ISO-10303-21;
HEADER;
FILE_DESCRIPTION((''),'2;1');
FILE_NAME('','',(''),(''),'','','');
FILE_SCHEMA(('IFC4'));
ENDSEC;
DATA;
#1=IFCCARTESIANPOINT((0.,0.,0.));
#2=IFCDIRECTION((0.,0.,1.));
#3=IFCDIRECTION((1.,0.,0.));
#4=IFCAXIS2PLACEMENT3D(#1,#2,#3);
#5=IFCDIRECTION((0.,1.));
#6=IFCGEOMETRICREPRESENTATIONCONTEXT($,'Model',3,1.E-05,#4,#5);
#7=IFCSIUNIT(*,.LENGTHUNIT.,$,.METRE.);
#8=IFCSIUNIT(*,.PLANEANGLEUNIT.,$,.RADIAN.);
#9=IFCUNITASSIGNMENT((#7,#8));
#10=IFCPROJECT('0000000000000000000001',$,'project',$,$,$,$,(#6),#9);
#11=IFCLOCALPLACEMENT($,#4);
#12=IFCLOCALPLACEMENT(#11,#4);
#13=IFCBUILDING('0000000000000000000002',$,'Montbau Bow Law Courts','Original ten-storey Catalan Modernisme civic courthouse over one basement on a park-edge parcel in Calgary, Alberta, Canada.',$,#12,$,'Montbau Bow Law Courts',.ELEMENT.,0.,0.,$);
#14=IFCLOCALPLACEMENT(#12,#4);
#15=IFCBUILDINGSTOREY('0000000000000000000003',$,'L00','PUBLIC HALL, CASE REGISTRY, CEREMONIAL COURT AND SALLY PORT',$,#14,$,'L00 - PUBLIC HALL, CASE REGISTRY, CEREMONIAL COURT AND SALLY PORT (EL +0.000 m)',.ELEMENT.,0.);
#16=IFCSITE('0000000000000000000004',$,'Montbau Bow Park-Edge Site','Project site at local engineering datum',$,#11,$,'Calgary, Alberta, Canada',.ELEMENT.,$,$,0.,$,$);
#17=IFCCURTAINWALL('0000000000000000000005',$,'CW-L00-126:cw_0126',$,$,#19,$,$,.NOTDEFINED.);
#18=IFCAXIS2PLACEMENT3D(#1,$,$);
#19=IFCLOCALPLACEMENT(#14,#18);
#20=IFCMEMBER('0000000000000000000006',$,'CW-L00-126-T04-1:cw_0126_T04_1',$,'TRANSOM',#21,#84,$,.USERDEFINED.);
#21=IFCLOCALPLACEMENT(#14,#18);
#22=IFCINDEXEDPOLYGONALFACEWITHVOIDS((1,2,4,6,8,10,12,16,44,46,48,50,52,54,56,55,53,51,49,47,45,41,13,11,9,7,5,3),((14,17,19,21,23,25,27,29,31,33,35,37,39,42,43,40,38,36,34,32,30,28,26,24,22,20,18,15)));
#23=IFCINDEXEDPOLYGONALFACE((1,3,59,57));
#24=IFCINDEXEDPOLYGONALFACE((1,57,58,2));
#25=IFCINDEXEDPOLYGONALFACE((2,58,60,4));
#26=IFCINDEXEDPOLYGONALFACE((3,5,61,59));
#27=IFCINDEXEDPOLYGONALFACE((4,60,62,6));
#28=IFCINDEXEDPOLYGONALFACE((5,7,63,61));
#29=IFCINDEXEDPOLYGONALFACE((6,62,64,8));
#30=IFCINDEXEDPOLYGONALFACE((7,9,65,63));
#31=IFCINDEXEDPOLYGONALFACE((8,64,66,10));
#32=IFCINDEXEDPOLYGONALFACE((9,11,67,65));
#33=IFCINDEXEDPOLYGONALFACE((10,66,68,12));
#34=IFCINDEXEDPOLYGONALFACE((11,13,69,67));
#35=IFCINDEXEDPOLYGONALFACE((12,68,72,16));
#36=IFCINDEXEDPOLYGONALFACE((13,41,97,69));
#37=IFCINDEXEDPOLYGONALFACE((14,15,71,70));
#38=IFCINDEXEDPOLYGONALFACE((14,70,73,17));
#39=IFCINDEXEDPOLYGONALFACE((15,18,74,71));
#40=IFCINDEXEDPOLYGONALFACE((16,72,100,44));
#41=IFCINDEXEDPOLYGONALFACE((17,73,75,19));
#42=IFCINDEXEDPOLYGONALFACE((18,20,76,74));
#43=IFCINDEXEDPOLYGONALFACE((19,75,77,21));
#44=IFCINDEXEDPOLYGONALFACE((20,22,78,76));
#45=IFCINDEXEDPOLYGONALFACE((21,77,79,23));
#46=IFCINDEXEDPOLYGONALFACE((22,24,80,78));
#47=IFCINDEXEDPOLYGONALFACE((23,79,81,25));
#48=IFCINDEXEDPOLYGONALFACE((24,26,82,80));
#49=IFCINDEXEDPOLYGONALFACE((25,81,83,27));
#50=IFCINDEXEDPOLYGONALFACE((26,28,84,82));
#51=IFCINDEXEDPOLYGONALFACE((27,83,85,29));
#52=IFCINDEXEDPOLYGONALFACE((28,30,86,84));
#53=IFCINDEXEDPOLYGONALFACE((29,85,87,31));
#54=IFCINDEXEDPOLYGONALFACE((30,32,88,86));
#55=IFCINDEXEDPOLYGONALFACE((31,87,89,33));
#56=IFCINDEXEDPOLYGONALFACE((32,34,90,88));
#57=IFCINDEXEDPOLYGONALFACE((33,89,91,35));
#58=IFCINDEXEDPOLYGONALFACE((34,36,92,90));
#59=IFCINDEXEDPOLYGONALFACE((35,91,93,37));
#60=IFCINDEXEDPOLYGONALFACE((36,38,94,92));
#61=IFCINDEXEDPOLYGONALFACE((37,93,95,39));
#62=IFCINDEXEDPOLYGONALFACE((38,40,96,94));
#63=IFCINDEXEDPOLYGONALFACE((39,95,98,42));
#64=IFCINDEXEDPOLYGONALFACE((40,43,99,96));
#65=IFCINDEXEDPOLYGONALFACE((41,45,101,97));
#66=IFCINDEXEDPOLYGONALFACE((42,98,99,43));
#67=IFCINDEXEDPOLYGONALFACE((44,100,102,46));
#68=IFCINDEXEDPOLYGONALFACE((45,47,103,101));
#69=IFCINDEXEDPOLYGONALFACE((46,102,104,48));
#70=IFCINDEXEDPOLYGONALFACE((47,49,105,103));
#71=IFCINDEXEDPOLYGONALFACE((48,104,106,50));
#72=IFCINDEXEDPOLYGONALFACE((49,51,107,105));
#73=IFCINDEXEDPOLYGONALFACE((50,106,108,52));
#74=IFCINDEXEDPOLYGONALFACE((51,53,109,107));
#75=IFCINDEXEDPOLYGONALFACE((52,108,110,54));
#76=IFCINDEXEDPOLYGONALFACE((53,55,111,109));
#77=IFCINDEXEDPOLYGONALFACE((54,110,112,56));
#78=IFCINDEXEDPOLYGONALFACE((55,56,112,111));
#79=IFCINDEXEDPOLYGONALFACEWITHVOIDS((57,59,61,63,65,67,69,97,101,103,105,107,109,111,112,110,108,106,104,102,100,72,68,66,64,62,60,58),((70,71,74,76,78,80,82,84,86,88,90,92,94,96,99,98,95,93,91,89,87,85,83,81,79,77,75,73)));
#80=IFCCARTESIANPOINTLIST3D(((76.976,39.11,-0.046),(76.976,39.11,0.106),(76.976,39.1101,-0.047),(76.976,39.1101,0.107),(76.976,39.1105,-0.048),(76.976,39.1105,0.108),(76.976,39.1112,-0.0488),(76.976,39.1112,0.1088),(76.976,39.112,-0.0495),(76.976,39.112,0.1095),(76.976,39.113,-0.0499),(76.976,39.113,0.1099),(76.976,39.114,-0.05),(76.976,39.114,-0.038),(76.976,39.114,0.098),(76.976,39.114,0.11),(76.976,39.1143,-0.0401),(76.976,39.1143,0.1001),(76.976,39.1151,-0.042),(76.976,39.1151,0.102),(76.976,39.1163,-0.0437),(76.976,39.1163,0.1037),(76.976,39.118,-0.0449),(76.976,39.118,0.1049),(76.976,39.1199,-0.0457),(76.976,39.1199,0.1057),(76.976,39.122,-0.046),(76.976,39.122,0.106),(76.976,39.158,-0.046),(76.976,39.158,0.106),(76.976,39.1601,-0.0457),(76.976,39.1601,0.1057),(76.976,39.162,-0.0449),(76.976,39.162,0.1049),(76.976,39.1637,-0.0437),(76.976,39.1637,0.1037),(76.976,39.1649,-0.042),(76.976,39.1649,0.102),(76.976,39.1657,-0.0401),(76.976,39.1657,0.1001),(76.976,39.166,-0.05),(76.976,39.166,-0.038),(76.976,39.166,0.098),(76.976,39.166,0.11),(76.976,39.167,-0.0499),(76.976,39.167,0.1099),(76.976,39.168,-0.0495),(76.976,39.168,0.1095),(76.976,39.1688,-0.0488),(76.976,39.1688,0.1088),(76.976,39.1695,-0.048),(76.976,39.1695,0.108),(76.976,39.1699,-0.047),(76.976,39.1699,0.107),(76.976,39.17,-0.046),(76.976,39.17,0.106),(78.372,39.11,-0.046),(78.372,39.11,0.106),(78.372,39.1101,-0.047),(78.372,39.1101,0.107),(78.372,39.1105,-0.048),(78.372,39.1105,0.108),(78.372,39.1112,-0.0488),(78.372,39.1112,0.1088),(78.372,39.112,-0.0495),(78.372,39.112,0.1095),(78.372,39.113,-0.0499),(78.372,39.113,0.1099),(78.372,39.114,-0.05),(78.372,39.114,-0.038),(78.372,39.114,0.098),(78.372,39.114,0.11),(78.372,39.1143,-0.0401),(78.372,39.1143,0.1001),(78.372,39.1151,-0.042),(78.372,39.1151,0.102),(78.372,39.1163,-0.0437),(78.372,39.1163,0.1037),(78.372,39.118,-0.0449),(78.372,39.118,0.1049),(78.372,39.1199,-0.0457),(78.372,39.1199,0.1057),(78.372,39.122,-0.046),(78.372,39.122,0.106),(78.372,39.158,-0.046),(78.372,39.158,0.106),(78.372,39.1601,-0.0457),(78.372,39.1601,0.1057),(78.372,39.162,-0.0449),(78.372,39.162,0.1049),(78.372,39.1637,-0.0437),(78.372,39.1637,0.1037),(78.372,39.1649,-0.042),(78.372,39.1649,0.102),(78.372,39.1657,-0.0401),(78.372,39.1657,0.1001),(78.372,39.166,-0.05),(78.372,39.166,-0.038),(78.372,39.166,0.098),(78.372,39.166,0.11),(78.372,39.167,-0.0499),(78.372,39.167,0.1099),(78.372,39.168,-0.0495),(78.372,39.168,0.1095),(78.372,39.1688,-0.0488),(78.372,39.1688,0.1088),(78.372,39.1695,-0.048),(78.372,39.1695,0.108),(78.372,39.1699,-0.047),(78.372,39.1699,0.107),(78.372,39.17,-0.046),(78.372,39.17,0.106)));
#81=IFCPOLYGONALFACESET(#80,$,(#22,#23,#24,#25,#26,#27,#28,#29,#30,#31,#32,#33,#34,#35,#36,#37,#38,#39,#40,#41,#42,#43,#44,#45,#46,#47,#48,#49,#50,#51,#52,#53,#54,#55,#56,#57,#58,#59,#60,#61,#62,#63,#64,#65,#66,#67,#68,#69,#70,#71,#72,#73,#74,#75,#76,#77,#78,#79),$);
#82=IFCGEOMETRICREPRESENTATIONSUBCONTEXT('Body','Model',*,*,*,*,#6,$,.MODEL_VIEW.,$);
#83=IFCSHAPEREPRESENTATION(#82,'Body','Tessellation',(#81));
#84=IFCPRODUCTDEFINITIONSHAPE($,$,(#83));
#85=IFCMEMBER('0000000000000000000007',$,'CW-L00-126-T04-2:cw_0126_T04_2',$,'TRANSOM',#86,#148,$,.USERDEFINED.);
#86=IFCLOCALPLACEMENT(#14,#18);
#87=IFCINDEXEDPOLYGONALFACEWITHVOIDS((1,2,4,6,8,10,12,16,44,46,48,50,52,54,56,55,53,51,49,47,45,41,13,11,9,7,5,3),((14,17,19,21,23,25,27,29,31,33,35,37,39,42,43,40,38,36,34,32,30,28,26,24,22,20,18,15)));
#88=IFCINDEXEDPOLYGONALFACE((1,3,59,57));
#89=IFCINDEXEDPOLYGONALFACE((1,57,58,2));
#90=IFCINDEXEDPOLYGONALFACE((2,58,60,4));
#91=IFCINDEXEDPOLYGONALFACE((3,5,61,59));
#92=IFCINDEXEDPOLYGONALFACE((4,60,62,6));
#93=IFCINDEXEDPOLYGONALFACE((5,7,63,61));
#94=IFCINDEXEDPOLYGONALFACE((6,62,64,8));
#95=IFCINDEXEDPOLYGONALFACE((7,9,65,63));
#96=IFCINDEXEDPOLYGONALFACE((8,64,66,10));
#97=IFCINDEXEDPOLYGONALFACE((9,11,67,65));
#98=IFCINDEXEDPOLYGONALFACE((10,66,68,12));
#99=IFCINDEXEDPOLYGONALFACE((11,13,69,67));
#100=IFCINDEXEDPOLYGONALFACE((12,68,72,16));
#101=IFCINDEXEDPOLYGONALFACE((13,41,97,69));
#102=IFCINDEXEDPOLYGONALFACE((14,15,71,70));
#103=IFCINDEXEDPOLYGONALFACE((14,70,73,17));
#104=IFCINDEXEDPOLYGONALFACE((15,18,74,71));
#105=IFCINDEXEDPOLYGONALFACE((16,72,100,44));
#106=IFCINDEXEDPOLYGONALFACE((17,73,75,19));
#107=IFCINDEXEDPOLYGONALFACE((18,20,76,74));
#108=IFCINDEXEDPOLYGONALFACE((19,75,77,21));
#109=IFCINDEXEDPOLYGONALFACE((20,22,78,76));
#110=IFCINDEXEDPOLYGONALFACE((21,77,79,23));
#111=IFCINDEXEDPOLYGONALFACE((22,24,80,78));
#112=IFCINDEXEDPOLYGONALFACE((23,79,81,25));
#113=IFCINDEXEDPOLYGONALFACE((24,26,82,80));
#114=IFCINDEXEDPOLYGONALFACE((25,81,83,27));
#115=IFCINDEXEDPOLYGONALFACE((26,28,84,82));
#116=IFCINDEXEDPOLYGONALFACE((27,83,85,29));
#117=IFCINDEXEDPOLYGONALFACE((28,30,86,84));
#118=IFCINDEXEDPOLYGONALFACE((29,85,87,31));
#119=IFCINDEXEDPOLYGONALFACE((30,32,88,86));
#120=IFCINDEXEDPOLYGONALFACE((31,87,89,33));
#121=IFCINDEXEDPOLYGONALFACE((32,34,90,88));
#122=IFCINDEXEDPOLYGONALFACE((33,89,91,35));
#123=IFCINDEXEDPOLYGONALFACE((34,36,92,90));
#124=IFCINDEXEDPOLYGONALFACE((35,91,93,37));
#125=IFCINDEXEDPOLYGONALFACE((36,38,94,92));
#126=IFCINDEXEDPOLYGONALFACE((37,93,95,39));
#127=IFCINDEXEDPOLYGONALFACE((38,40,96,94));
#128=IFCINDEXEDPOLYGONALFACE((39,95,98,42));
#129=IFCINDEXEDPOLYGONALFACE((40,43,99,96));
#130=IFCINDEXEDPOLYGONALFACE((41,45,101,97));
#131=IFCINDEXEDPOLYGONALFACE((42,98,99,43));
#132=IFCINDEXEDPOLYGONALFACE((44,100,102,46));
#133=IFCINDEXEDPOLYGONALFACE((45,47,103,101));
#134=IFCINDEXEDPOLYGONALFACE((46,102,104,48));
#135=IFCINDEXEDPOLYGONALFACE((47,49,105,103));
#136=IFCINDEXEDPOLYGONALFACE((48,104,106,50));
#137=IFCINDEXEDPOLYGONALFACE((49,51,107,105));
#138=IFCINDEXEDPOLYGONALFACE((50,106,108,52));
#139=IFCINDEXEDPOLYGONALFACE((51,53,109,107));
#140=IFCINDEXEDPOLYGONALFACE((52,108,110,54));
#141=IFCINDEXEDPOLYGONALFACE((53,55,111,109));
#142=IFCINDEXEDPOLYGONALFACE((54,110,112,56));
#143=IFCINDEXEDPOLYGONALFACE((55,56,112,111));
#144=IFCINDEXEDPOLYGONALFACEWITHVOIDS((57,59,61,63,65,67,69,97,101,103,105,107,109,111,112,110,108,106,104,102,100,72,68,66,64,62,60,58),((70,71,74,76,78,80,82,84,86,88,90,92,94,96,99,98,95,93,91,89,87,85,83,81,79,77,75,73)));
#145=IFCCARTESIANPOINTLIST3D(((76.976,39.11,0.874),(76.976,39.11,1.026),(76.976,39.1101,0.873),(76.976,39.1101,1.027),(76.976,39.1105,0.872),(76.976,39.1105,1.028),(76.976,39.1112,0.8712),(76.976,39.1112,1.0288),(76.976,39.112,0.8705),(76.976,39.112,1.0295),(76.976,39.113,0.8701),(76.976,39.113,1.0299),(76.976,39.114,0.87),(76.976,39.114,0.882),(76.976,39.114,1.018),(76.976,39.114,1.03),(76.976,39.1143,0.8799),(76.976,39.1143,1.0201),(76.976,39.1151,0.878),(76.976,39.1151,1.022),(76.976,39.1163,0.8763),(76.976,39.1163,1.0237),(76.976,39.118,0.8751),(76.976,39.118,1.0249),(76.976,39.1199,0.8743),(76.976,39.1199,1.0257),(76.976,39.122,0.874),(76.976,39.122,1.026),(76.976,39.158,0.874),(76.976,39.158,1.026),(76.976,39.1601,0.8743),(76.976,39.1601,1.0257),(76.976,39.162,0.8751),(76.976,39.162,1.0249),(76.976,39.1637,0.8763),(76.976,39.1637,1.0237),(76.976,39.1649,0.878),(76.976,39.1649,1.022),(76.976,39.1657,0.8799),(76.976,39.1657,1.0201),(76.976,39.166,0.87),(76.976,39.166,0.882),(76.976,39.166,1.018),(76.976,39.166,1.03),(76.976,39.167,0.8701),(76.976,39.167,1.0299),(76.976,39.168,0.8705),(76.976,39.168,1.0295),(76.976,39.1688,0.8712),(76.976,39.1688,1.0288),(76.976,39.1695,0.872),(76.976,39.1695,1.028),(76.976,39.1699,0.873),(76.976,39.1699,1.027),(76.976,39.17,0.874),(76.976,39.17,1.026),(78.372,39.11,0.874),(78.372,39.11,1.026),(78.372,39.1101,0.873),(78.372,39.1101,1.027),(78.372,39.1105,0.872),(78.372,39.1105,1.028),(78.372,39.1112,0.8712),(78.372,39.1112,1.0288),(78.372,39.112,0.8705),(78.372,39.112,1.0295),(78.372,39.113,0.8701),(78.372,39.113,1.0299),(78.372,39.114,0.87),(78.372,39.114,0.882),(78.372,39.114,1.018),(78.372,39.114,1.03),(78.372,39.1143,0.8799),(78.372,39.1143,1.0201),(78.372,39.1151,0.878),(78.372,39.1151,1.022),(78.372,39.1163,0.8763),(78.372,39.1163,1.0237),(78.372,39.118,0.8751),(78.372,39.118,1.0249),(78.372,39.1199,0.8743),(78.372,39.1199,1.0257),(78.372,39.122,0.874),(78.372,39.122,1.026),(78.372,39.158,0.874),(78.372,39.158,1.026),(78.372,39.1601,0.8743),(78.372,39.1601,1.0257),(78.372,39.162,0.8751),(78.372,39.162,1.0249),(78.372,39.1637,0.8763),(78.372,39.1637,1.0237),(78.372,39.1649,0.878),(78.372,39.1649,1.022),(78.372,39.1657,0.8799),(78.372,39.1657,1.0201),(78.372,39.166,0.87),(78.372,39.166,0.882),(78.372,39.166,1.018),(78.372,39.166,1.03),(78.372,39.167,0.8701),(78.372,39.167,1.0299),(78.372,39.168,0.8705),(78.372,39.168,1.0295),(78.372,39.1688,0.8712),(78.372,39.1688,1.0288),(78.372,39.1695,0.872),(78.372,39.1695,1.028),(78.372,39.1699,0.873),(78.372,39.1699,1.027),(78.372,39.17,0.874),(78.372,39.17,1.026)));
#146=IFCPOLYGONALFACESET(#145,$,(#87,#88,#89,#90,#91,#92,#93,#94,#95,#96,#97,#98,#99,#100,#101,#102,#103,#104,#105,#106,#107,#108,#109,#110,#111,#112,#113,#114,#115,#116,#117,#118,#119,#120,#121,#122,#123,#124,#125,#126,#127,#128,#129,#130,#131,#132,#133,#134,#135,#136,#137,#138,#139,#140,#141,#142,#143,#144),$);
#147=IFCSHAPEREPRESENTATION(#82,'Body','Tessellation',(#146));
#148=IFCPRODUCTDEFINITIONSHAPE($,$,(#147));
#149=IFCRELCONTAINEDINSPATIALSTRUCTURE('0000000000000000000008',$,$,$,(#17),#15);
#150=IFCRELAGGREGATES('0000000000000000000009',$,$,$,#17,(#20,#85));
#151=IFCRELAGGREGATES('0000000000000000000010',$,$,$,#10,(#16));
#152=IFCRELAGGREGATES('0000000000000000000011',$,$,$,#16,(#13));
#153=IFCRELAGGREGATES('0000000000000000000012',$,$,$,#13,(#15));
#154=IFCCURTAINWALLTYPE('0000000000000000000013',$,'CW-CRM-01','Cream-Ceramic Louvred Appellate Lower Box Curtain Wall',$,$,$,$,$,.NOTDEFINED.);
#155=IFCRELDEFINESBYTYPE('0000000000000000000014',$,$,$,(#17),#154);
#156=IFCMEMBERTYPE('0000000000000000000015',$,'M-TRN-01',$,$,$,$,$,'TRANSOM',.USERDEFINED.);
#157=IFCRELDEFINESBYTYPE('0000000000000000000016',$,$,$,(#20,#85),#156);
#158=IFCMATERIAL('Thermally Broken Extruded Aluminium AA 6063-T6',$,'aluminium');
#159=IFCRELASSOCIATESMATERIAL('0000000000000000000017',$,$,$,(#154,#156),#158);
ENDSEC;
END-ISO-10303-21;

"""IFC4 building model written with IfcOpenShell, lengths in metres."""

from ifc_helpers import new_model, si_unit, direction, frame, origin_with_axes, origin_2d_with_axis, place, context, subcontext, project, spatial, hollow_rectangle, extrude, material, material_profile, profile_set, type_object, element, aggregate, save


model = new_model("IFC4")

# Units and contexts
model_context = context("Model", 3, precision=1e-05, world=origin_with_axes(), true_north=direction((0.0, 1.0)))
body_context = subcontext(model_context, "Body", "Model", "MODEL_VIEW")
ifc_project = project(units=[si_unit("LENGTHUNIT", "METRE"), si_unit("PLANEANGLEUNIT", "RADIAN")], contexts=[model_context])

# Site, building, storey
site_placement = place(None, origin_with_axes())
site = spatial("IfcSite", under=ifc_project, at=site_placement, Name="Montbau Bow Park-Edge Site", Description="Project site at local engineering datum", LongName="Calgary, Alberta, Canada", CompositionType="ELEMENT", RefElevation=0.0)
building_placement = place(site_placement, origin_with_axes())
building = spatial("IfcBuilding", under=site, at=building_placement, Name="Montbau Bow Law Courts", Description="Original ten-storey Catalan Modernisme civic courthouse over one basement on a park-edge parcel in Calgary, Alberta, Canada.", LongName="Montbau Bow Law Courts", CompositionType="ELEMENT", ElevationOfRefHeight=0.0, ElevationOfTerrain=0.0)
storey_placement = place(building_placement, origin_with_axes())
storey = spatial("IfcBuildingStorey", under=building, at=storey_placement, Name="L00", Description="PUBLIC HALL, CASE REGISTRY, CEREMONIAL COURT AND SALLY PORT", LongName="L00 - PUBLIC HALL, CASE REGISTRY, CEREMONIAL COURT AND SALLY PORT (EL +0.000 m)", CompositionType="ELEMENT", Elevation=0.0)

# Curtain wall, members
ifc_material_1 = material(Name="Thermally Broken Extruded Aluminium AA 6063-T6", Category="aluminium")
curtain_wall_type = type_object("IfcCurtainWallType", Name="CW-CRM-01", Description="Cream-Ceramic Louvred Appellate Lower Box Curtain Wall", PredefinedType="NOTDEFINED", material=ifc_material_1)
curtain_wall_placement = place(None, frame((72.515, 39.14, 0.0), z_axis=(0.0, 0.0, 1.0), x_axis=(1.0, 0.0, 0.0)))
curtain_wall = element("IfcCurtainWall", 1, at=curtain_wall_placement, inside=storey, type_object=curtain_wall_type, Name="CW-L00-126:cw_0126", PredefinedType="NOTDEFINED")
ifc_material_profile_1 = material_profile(ifc_material_1, hollow_rectangle(XDim=0.06, YDim=0.16, WallThickness=0.004, InnerFilletRadius=0.008, OuterFilletRadius=0.004, at=origin_2d_with_axis()), Name="CWT-160X60", Category="Main", Priority=0)
ifc_profile_set_1 = profile_set([ifc_material_profile_1], Name="Thermally Broken Extruded Aluminium AA 6063-T6")
member_type_1 = type_object("IfcMemberType", Name="M-TRN-01", ElementType="TRANSOM", PredefinedType="USERDEFINED", material=ifc_profile_set_1)
member_1_placement = place(None, frame((76.976, 39.14, 0.03), z_axis=(1.0, 0.0, 0.0), x_axis=(0.0, 1.0, 0.0)))
member_1 = element("IfcMember", 2, at=member_1_placement, type_object=member_type_1, Name="CW-L00-126-T04-1:cw_0126_T04_1", ObjectType="TRANSOM", PredefinedType="USERDEFINED", context=body_context, shape_type="SweptSolid", body=[
    extrude(hollow_rectangle(XDim=0.06, YDim=0.16, WallThickness=0.004, InnerFilletRadius=0.008, OuterFilletRadius=0.004, at=origin_2d_with_axis()), origin_with_axes(), (0.0, 0.0, 1.0), 1.396),
])
member_2_placement = place(None, frame((76.976, 39.14, 0.95), z_axis=(1.0, 0.0, 0.0), x_axis=(0.0, 1.0, 0.0)))
member_2 = element("IfcMember", 3, at=member_2_placement, type_object=member_type_1, Name="CW-L00-126-T04-2:cw_0126_T04_2", ObjectType="TRANSOM", PredefinedType="USERDEFINED", context=body_context, shape_type="SweptSolid", body=[
    extrude(hollow_rectangle(XDim=0.06, YDim=0.16, WallThickness=0.004, InnerFilletRadius=0.008, OuterFilletRadius=0.004, at=origin_2d_with_axis()), origin_with_axes(), (0.0, 0.0, 1.0), 1.396),
])
aggregate(curtain_wall, [member_1, member_2])

save(model, "model.ifc")
